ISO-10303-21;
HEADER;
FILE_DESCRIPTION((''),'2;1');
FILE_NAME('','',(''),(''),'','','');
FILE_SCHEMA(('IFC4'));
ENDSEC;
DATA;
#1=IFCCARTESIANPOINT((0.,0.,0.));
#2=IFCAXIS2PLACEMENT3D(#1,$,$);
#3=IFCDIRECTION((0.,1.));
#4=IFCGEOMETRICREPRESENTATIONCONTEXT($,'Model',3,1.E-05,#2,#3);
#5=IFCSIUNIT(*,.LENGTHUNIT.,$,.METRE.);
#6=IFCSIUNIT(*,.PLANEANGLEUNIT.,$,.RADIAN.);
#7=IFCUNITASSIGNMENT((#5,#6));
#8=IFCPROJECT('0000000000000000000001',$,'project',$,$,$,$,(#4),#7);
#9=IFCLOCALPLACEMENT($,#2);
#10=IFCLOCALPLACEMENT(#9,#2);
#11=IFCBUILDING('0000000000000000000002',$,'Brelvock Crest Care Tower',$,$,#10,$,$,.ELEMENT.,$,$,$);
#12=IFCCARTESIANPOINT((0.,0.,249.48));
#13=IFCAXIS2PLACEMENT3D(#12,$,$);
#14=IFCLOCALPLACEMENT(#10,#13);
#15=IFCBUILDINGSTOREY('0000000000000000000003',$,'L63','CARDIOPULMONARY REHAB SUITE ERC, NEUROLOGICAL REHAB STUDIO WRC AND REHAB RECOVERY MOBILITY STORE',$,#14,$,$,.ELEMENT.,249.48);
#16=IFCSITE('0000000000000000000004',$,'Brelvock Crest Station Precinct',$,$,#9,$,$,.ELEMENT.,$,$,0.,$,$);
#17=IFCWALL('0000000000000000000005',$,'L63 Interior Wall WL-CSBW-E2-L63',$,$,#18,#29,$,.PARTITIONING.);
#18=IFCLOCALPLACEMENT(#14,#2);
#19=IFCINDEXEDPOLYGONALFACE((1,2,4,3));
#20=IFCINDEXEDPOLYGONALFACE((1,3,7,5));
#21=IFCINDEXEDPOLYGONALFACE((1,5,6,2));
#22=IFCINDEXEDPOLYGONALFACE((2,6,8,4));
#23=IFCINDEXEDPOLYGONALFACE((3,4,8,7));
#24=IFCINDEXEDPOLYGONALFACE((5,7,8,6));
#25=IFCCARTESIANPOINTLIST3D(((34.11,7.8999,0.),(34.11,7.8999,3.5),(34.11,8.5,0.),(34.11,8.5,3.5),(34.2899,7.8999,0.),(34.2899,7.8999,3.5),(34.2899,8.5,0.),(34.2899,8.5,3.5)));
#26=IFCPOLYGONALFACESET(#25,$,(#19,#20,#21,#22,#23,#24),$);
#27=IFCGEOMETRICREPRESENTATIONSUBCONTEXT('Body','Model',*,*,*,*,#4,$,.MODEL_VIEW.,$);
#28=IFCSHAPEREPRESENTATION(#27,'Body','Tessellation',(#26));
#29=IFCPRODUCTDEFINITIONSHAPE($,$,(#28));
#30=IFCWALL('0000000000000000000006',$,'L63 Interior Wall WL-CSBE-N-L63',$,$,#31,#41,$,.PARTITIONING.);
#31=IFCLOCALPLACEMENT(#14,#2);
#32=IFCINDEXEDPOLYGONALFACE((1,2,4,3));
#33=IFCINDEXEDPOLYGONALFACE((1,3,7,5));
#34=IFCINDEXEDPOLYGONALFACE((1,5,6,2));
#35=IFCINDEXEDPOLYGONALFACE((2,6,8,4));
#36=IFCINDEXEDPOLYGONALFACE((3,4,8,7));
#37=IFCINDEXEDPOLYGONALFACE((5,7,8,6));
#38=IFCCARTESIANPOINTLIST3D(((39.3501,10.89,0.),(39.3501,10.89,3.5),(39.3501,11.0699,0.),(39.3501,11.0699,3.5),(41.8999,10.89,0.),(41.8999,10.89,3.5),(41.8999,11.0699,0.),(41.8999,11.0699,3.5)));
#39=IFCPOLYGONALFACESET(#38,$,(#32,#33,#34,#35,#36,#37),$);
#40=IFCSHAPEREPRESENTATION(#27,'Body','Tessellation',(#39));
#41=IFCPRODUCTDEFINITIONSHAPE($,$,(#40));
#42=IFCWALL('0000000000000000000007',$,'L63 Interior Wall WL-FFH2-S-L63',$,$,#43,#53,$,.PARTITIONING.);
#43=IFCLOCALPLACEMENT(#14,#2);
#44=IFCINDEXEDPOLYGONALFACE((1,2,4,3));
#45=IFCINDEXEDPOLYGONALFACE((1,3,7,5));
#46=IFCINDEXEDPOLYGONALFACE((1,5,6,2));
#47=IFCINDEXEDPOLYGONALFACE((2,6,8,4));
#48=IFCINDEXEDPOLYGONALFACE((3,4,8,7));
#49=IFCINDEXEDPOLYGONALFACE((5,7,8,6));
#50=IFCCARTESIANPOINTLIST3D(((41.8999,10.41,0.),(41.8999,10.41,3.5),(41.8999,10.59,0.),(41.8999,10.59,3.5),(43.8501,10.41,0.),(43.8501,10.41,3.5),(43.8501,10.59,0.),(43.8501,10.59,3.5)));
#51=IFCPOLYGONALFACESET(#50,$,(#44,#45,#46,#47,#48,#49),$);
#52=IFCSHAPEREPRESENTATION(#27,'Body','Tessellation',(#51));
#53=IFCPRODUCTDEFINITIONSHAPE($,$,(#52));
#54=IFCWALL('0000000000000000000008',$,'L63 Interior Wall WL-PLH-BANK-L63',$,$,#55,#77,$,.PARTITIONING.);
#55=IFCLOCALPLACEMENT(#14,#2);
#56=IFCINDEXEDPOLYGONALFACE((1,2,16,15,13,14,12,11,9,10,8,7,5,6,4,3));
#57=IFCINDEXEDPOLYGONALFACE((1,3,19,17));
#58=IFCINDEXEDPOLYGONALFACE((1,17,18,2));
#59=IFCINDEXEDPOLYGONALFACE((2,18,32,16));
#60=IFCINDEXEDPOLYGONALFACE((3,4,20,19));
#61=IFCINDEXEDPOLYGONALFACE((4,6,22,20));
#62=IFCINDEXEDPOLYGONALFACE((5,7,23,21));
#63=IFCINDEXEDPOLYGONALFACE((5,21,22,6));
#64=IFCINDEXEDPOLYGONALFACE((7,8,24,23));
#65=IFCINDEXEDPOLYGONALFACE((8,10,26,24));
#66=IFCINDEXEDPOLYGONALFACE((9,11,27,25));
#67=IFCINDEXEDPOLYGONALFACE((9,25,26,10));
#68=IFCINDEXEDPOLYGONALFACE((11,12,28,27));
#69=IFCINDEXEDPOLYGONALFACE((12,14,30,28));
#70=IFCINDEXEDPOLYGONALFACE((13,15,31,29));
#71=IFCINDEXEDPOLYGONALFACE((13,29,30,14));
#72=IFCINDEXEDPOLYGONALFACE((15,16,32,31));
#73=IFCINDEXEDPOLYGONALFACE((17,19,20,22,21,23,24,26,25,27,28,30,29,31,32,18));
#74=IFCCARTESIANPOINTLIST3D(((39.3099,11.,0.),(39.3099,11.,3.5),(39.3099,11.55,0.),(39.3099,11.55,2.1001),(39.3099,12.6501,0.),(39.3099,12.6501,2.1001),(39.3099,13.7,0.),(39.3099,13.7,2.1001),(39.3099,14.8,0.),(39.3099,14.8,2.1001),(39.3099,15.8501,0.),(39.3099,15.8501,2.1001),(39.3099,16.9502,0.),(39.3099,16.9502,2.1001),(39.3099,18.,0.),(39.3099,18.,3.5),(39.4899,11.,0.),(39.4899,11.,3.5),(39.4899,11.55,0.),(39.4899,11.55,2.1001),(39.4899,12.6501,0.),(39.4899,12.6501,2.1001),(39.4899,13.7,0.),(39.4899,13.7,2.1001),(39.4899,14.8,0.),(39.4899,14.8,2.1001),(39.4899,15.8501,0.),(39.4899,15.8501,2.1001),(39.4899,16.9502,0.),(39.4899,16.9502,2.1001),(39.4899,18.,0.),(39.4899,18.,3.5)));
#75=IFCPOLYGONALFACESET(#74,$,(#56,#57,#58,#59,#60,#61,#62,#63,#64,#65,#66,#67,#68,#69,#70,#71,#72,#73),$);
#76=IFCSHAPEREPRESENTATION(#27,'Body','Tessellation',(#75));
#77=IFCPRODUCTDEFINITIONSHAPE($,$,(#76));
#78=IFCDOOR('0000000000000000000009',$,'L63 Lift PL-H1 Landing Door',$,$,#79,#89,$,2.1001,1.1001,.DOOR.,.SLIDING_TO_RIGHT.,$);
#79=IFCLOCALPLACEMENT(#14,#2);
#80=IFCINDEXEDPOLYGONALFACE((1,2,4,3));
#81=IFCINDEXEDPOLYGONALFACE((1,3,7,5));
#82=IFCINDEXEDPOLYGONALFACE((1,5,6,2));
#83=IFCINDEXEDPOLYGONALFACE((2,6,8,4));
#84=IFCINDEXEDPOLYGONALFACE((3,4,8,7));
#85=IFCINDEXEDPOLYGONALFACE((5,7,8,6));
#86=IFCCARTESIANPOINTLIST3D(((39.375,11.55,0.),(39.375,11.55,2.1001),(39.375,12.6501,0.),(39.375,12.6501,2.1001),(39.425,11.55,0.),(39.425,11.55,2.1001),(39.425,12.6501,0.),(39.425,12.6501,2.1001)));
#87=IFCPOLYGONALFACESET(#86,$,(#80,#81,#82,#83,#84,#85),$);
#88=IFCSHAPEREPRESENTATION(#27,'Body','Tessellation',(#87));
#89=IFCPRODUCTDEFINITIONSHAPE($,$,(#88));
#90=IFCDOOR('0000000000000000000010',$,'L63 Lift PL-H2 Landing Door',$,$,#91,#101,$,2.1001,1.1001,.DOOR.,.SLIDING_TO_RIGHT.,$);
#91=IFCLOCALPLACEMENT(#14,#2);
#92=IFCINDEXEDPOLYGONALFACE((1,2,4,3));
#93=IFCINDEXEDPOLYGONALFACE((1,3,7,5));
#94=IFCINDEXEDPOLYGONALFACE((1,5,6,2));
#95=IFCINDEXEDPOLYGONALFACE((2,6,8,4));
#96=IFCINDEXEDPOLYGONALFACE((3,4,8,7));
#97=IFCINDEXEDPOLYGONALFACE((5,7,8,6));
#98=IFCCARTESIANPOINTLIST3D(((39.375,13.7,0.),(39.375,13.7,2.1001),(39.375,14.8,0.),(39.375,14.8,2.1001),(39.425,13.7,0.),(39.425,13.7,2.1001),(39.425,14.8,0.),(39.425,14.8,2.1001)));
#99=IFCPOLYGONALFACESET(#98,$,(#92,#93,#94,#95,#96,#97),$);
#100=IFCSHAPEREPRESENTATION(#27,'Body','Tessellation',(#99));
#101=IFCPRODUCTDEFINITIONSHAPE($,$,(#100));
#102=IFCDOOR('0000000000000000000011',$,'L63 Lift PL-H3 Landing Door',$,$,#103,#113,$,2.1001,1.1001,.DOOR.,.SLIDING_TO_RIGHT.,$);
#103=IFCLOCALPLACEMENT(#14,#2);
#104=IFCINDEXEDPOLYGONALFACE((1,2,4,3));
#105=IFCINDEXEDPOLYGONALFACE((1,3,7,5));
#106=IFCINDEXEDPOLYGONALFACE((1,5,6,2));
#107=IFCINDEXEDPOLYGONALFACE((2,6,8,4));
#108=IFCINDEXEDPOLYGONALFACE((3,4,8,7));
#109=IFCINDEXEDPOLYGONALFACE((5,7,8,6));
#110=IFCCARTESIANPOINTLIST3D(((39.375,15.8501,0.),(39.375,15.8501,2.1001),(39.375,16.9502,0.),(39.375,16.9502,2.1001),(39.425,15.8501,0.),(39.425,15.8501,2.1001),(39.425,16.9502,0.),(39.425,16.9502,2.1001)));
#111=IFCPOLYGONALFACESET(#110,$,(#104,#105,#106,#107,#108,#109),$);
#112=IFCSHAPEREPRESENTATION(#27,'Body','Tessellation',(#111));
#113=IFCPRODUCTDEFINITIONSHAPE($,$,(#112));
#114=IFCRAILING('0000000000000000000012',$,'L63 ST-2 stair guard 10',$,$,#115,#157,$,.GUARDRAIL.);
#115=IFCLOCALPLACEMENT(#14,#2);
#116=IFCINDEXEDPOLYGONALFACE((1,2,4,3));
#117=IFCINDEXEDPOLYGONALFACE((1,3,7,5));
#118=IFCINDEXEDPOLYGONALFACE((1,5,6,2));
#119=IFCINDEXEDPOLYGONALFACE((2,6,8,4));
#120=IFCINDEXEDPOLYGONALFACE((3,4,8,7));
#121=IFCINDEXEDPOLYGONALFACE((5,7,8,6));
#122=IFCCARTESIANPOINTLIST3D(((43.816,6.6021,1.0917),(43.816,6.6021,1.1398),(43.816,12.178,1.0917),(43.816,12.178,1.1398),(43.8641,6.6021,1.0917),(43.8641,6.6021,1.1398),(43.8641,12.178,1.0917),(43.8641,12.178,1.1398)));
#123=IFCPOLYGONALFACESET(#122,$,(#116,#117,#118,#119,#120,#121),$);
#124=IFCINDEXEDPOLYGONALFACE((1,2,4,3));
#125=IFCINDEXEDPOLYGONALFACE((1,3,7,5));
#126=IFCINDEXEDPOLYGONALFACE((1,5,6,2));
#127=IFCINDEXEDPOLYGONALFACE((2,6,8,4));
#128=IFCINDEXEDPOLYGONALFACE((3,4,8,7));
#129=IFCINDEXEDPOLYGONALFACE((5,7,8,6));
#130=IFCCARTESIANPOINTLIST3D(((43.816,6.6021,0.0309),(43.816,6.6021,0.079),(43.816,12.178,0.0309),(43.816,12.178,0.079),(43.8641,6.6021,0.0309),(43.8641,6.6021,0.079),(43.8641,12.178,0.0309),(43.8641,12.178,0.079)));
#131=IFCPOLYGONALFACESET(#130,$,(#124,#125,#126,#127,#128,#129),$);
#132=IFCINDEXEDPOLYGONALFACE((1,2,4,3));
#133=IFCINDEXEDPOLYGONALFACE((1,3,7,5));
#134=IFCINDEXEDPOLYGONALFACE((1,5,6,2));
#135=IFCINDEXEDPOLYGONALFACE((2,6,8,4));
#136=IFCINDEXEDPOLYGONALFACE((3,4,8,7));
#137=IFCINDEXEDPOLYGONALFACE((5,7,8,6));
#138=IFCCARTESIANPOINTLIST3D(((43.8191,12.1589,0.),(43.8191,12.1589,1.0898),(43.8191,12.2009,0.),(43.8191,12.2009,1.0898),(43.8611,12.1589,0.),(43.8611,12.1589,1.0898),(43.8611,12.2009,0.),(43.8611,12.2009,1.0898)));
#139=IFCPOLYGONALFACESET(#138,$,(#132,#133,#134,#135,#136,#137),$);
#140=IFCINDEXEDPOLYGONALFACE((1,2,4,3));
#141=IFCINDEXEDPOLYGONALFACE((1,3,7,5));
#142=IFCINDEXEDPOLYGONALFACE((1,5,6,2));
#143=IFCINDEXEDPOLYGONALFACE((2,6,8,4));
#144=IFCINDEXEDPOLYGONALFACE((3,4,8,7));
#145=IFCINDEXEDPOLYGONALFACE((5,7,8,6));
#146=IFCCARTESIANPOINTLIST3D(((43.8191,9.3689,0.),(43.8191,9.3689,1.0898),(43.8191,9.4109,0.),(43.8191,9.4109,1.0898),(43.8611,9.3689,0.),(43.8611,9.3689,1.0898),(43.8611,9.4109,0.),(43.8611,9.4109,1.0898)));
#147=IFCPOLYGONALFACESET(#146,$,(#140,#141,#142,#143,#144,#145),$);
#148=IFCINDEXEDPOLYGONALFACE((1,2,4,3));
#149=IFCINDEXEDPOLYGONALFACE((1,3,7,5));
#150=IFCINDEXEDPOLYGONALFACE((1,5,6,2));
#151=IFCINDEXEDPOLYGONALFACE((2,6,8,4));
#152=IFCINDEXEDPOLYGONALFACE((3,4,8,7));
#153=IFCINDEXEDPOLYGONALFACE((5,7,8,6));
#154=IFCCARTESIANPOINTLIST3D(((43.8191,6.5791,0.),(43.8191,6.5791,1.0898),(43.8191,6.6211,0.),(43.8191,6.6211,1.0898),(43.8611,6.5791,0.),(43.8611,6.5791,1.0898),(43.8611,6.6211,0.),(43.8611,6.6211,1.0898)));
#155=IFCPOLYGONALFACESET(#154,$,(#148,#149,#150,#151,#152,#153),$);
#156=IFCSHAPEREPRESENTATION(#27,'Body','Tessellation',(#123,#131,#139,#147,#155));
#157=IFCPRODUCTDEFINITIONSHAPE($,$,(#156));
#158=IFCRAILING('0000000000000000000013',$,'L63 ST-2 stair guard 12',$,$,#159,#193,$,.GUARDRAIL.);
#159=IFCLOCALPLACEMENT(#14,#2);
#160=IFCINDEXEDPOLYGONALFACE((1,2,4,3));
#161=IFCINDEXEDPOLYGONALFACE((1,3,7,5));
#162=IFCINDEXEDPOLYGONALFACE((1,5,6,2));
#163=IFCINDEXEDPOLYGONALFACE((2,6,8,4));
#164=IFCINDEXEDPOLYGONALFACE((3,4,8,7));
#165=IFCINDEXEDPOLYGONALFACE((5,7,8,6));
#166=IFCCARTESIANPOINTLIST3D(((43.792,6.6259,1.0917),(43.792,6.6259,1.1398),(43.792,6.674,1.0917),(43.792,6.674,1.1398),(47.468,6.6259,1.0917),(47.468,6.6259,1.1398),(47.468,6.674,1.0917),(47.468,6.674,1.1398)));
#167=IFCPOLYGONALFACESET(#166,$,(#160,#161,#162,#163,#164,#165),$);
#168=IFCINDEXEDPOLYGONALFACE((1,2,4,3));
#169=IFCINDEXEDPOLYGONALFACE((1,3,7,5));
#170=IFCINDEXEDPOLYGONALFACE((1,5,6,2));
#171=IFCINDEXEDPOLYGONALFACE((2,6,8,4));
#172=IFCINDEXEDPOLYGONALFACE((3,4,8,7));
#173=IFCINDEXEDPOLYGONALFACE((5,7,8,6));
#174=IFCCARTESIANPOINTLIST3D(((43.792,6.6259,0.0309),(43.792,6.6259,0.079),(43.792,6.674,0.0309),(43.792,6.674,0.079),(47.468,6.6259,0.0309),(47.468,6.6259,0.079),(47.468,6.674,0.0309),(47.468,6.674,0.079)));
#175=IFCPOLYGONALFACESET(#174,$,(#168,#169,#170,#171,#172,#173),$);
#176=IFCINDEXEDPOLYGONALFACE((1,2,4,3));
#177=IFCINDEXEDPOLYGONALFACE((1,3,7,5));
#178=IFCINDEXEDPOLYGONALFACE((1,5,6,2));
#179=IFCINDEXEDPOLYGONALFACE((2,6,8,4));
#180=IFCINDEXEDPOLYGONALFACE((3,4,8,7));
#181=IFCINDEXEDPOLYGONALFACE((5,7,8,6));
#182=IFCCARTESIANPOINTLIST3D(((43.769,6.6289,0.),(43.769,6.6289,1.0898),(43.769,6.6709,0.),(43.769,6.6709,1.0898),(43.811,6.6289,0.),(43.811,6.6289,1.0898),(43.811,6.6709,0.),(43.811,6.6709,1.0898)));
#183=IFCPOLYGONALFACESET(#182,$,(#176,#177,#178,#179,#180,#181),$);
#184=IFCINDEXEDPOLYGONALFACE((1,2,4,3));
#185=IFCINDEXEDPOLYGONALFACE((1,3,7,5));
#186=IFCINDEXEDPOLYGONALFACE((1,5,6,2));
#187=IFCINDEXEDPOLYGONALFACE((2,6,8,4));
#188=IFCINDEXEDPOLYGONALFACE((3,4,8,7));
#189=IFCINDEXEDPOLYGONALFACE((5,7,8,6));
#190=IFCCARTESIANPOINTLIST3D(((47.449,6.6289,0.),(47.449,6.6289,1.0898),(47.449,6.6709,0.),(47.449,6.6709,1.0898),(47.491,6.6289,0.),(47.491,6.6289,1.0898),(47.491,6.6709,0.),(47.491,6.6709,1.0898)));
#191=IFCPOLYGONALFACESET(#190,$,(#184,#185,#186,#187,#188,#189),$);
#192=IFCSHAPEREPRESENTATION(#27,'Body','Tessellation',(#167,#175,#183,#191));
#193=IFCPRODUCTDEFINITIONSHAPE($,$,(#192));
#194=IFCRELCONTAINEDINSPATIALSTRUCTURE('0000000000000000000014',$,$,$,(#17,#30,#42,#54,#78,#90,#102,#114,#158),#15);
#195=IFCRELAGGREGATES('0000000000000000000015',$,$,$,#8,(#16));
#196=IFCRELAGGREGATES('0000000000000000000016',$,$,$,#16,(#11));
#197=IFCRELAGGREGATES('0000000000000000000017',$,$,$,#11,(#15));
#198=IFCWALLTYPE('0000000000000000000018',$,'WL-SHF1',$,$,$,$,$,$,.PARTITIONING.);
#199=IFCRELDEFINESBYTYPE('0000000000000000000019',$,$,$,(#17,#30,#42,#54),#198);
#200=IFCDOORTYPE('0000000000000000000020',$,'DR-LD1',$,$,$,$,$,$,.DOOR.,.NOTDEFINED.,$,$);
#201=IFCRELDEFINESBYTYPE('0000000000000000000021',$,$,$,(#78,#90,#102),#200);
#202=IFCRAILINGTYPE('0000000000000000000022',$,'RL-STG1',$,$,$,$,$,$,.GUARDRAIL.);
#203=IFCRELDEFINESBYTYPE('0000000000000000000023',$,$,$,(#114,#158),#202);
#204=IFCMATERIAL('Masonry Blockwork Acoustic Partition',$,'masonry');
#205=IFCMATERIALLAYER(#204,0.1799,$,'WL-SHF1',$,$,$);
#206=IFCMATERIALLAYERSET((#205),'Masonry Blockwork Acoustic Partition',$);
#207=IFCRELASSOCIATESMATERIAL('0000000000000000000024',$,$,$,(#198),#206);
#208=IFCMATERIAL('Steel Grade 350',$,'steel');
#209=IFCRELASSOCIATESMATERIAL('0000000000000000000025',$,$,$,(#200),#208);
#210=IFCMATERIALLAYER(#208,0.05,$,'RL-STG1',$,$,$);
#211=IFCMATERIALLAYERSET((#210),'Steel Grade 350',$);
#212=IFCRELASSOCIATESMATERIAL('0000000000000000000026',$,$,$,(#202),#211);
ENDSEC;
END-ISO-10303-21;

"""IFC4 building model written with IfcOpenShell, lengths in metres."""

from ifc_helpers import new_model, si_unit, direction, frame, frame_2d, origin, origin_2d, place, context, subcontext, project, spatial, rectangle, extrude, source, transform, mapped, material, layer, layer_set, type_object, element, fill, save


model = new_model("IFC4")

# Units and contexts
model_context = context("Model", 3, precision=1e-05, world=origin(), true_north=direction((0.0, 1.0)))
body_context = subcontext(model_context, "Body", "Model", "MODEL_VIEW")
ifc_project = project(units=[si_unit("LENGTHUNIT", "METRE"), si_unit("PLANEANGLEUNIT", "RADIAN")], contexts=[model_context])

# Site, building, storey
site_placement = place(None, origin())
site = spatial("IfcSite", under=ifc_project, at=site_placement, Name="Brelvock Crest Station Precinct", CompositionType="ELEMENT", RefElevation=0.0)
building_placement = place(site_placement, origin())
building = spatial("IfcBuilding", under=site, at=building_placement, Name="Brelvock Crest Care Tower", CompositionType="ELEMENT")
storey_placement = place(building_placement, frame((0.0, 0.0, 249.48)))
storey = spatial("IfcBuildingStorey", under=building, at=storey_placement, Name="L63", Description="CARDIOPULMONARY REHAB SUITE ERC, NEUROLOGICAL REHAB STUDIO WRC AND REHAB RECOVERY MOBILITY STORE", CompositionType="ELEMENT", Elevation=249.48)

# Shared definitions
ifc_material_1 = material(Name="Steel Grade 350", Category="steel")

# Shared definitions
ifc_material_2 = material(Name="Masonry Blockwork Acoustic Partition", Category="masonry")

# Walls
ifc_layer_1 = layer(ifc_material_2, 0.1799, Name="WL-SHF1")
ifc_layer_set_1 = layer_set([ifc_layer_1], Name="Masonry Blockwork Acoustic Partition")
wall_type_1 = type_object("IfcWallType", Name="WL-SHF1", PredefinedType="PARTITIONING", material=ifc_layer_set_1)
wall_1_placement = place(storey_placement, frame((34.2, 7.8999, 0.0), z_axis=(0.0, 0.0, 1.0), x_axis=(0.0, 1.0, 0.0)))
element("IfcWall", 1, at=wall_1_placement, inside=storey, type_object=wall_type_1, Name="L63 Interior Wall WL-CSBW-E2-L63", PredefinedType="PARTITIONING", context=body_context, shape_type="SweptSolid", body=[
    extrude(rectangle(XDim=0.6001, YDim=0.1799, at=frame_2d((0.3, 0.0))), origin(), (0.0, 0.0, 1.0), 3.5),
])
wall_2_placement = place(storey_placement, frame((39.3501, 10.98, 0.0), z_axis=(0.0, 0.0, 1.0), x_axis=(1.0, 0.0, 0.0)))
element("IfcWall", 2, at=wall_2_placement, inside=storey, type_object=wall_type_1, Name="L63 Interior Wall WL-CSBE-N-L63", PredefinedType="PARTITIONING", context=body_context, shape_type="SweptSolid", body=[
    extrude(rectangle(XDim=2.5498, YDim=0.1799, at=frame_2d((1.2749, 0.0))), origin(), (0.0, 0.0, 1.0), 3.5),
])
wall_3_placement = place(storey_placement, frame((41.8999, 10.5, 0.0), z_axis=(0.0, 0.0, 1.0), x_axis=(1.0, 0.0, 0.0)))
element("IfcWall", 3, at=wall_3_placement, inside=storey, type_object=wall_type_1, Name="L63 Interior Wall WL-FFH2-S-L63", PredefinedType="PARTITIONING", context=body_context, shape_type="SweptSolid", body=[
    extrude(rectangle(XDim=1.9502, YDim=0.1799, at=frame_2d((0.9751, 0.0))), origin(), (0.0, 0.0, 1.0), 3.5),
])

# Wall, openings, doors
wall_4_placement = place(storey_placement, frame((39.3999, 11.0, 0.0), z_axis=(0.0, 0.0, 1.0), x_axis=(0.0, 1.0, 0.0)))
wall_4 = element("IfcWall", 4, at=wall_4_placement, inside=storey, type_object=wall_type_1, Name="L63 Interior Wall WL-PLH-BANK-L63", PredefinedType="PARTITIONING", context=body_context, shape_type="SweptSolid", body=[
    extrude(rectangle(XDim=7.0, YDim=0.1799, at=frame_2d((3.5, 0.0))), origin(), (0.0, 0.0, 1.0), 3.5),
])
opening_1_placement = place(wall_4_placement, frame((0.55, 0.0, 0.0)))
opening_1 = element("IfcOpeningElement", 5, at=opening_1_placement, cuts=wall_4, PredefinedType="OPENING", context=body_context, shape_type="SweptSolid", body=[
    extrude(rectangle(XDim=1.1001, YDim=2.1001, at=origin_2d()), frame((0.55, 0.1001, 1.05), z_axis=(0.0, -1.0, 0.0), x_axis=(1.0, 0.0, 0.0)), (0.0, 0.0, 1.0), 0.2),
])
opening_2_placement = place(wall_4_placement, frame((2.7, 0.0, 0.0)))
opening_2 = element("IfcOpeningElement", 6, at=opening_2_placement, cuts=wall_4, PredefinedType="OPENING", context=body_context, shape_type="SweptSolid", body=[
    extrude(rectangle(XDim=1.1001, YDim=2.1001, at=origin_2d()), frame((0.55, 0.1001, 1.05), z_axis=(0.0, -1.0, 0.0), x_axis=(1.0, 0.0, 0.0)), (0.0, 0.0, 1.0), 0.2),
])
opening_3_placement = place(wall_4_placement, frame((4.8501, 0.0, 0.0)))
opening_3 = element("IfcOpeningElement", 7, at=opening_3_placement, cuts=wall_4, PredefinedType="OPENING", context=body_context, shape_type="SweptSolid", body=[
    extrude(rectangle(XDim=1.1001, YDim=2.1001, at=origin_2d()), frame((0.55, 0.1001, 1.05), z_axis=(0.0, -1.0, 0.0), x_axis=(1.0, 0.0, 0.0)), (0.0, 0.0, 1.0), 0.2),
])
door_type_1 = type_object("IfcDoorType", Name="DR-LD1", OperationType="NOTDEFINED", PredefinedType="DOOR", material=ifc_material_1)
shared_shape_1 = source(origin(), body_context, "Body", "SweptSolid", [
    extrude(rectangle(XDim=1.1001, YDim=2.1001, at=origin_2d()), frame((0.55, 0.0249, 1.05), z_axis=(0.0, -1.0, 0.0), x_axis=(1.0, 0.0, 0.0)), (0.0, 0.0, 1.0), 0.05),
])
door_1_placement = place(opening_1_placement, origin())
door_1 = element("IfcDoor", 8, at=door_1_placement, inside=storey, type_object=door_type_1, Name="L63 Lift PL-H1 Landing Door", OperationType="SLIDING_TO_RIGHT", OverallHeight=2.1001, OverallWidth=1.1001, PredefinedType="DOOR", context=body_context, shape_type="MappedRepresentation", body=[
    mapped(shared_shape_1, transform((0.0, 0.0, 0.0), x_axis=(1.0, 0.0, 0.0), y_axis=(0.0, 1.0, 0.0), z_axis=(0.0, 0.0, 1.0), scale=1.0)),
])
fill(opening_1, door_1)
door_2_placement = place(opening_2_placement, origin())
door_2 = element("IfcDoor", 9, at=door_2_placement, inside=storey, type_object=door_type_1, Name="L63 Lift PL-H2 Landing Door", OperationType="SLIDING_TO_RIGHT", OverallHeight=2.1001, OverallWidth=1.1001, PredefinedType="DOOR", context=body_context, shape_type="MappedRepresentation", body=[
    mapped(shared_shape_1, transform((0.0, 0.0, 0.0), x_axis=(1.0, 0.0, 0.0), y_axis=(0.0, 1.0, 0.0), z_axis=(0.0, 0.0, 1.0), scale=1.0)),
])
fill(opening_2, door_2)
door_3_placement = place(opening_3_placement, origin())
door_3 = element("IfcDoor", 10, at=door_3_placement, inside=storey, type_object=door_type_1, Name="L63 Lift PL-H3 Landing Door", OperationType="SLIDING_TO_RIGHT", OverallHeight=2.1001, OverallWidth=1.1001, PredefinedType="DOOR", context=body_context, shape_type="MappedRepresentation", body=[
    mapped(shared_shape_1, transform((0.0, 0.0, 0.0), x_axis=(1.0, 0.0, 0.0), y_axis=(0.0, 1.0, 0.0), z_axis=(0.0, 0.0, 1.0), scale=1.0)),
])
fill(opening_3, door_3)

# Railings
ifc_layer_2 = layer(ifc_material_1, 0.05, Name="RL-STG1")
ifc_layer_set_2 = layer_set([ifc_layer_2], Name="Steel Grade 350")
railing_type = type_object("IfcRailingType", Name="RL-STG1", PredefinedType="GUARDRAIL", material=ifc_layer_set_2)
railing_1_placement = place(storey_placement, frame((43.8401, 12.1799, 0.0)))
element("IfcRailing", 11, at=railing_1_placement, inside=storey, type_object=railing_type, Name="L63 ST-2 stair guard 10", PredefinedType="GUARDRAIL", context=body_context, shape_type="SweptSolid", body=[
    extrude(rectangle(XDim=0.0481, YDim=0.0481, at=origin_2d()), frame((0.0, -0.002, 1.1157), z_axis=(0.0, -1.0, 0.0), x_axis=(1.0, 0.0, 0.0)), (0.0, 0.0, 1.0), 5.5759),
    extrude(rectangle(XDim=0.0481, YDim=0.0481, at=origin_2d()), frame((0.0, -0.002, 0.0549), z_axis=(0.0, -1.0, 0.0), x_axis=(1.0, 0.0, 0.0)), (0.0, 0.0, 1.0), 5.5759),
    extrude(rectangle(XDim=0.042, YDim=0.042, at=origin_2d()), origin(), (0.0, 0.0, 1.0), 1.0898),
    extrude(rectangle(XDim=0.042, YDim=0.042, at=origin_2d()), frame((0.0, -2.79, 0.0)), (0.0, 0.0, 1.0), 1.0898),
    extrude(rectangle(XDim=0.042, YDim=0.042, at=origin_2d()), frame((0.0, -5.5798, 0.0)), (0.0, 0.0, 1.0), 1.0898),
])
railing_2_placement = place(storey_placement, frame((43.79, 6.6499, 0.0)))
element("IfcRailing", 12, at=railing_2_placement, inside=storey, type_object=railing_type, Name="L63 ST-2 stair guard 12", PredefinedType="GUARDRAIL", context=body_context, shape_type="SweptSolid", body=[
    extrude(rectangle(XDim=0.0481, YDim=0.0481, at=origin_2d()), frame((0.002, 0.0, 1.1157), z_axis=(1.0, 0.0, 0.0), x_axis=(0.0, 1.0, 0.0)), (0.0, 0.0, 1.0), 3.676),
    extrude(rectangle(XDim=0.0481, YDim=0.0481, at=origin_2d()), frame((0.002, 0.0, 0.0549), z_axis=(1.0, 0.0, 0.0), x_axis=(0.0, 1.0, 0.0)), (0.0, 0.0, 1.0), 3.676),
    extrude(rectangle(XDim=0.042, YDim=0.042, at=origin_2d()), origin(), (0.0, 0.0, 1.0), 1.0898),
    extrude(rectangle(XDim=0.042, YDim=0.042, at=origin_2d()), frame((3.6799, 0.0, 0.0)), (0.0, 0.0, 1.0), 1.0898),
])

save(model, "model.ifc")
